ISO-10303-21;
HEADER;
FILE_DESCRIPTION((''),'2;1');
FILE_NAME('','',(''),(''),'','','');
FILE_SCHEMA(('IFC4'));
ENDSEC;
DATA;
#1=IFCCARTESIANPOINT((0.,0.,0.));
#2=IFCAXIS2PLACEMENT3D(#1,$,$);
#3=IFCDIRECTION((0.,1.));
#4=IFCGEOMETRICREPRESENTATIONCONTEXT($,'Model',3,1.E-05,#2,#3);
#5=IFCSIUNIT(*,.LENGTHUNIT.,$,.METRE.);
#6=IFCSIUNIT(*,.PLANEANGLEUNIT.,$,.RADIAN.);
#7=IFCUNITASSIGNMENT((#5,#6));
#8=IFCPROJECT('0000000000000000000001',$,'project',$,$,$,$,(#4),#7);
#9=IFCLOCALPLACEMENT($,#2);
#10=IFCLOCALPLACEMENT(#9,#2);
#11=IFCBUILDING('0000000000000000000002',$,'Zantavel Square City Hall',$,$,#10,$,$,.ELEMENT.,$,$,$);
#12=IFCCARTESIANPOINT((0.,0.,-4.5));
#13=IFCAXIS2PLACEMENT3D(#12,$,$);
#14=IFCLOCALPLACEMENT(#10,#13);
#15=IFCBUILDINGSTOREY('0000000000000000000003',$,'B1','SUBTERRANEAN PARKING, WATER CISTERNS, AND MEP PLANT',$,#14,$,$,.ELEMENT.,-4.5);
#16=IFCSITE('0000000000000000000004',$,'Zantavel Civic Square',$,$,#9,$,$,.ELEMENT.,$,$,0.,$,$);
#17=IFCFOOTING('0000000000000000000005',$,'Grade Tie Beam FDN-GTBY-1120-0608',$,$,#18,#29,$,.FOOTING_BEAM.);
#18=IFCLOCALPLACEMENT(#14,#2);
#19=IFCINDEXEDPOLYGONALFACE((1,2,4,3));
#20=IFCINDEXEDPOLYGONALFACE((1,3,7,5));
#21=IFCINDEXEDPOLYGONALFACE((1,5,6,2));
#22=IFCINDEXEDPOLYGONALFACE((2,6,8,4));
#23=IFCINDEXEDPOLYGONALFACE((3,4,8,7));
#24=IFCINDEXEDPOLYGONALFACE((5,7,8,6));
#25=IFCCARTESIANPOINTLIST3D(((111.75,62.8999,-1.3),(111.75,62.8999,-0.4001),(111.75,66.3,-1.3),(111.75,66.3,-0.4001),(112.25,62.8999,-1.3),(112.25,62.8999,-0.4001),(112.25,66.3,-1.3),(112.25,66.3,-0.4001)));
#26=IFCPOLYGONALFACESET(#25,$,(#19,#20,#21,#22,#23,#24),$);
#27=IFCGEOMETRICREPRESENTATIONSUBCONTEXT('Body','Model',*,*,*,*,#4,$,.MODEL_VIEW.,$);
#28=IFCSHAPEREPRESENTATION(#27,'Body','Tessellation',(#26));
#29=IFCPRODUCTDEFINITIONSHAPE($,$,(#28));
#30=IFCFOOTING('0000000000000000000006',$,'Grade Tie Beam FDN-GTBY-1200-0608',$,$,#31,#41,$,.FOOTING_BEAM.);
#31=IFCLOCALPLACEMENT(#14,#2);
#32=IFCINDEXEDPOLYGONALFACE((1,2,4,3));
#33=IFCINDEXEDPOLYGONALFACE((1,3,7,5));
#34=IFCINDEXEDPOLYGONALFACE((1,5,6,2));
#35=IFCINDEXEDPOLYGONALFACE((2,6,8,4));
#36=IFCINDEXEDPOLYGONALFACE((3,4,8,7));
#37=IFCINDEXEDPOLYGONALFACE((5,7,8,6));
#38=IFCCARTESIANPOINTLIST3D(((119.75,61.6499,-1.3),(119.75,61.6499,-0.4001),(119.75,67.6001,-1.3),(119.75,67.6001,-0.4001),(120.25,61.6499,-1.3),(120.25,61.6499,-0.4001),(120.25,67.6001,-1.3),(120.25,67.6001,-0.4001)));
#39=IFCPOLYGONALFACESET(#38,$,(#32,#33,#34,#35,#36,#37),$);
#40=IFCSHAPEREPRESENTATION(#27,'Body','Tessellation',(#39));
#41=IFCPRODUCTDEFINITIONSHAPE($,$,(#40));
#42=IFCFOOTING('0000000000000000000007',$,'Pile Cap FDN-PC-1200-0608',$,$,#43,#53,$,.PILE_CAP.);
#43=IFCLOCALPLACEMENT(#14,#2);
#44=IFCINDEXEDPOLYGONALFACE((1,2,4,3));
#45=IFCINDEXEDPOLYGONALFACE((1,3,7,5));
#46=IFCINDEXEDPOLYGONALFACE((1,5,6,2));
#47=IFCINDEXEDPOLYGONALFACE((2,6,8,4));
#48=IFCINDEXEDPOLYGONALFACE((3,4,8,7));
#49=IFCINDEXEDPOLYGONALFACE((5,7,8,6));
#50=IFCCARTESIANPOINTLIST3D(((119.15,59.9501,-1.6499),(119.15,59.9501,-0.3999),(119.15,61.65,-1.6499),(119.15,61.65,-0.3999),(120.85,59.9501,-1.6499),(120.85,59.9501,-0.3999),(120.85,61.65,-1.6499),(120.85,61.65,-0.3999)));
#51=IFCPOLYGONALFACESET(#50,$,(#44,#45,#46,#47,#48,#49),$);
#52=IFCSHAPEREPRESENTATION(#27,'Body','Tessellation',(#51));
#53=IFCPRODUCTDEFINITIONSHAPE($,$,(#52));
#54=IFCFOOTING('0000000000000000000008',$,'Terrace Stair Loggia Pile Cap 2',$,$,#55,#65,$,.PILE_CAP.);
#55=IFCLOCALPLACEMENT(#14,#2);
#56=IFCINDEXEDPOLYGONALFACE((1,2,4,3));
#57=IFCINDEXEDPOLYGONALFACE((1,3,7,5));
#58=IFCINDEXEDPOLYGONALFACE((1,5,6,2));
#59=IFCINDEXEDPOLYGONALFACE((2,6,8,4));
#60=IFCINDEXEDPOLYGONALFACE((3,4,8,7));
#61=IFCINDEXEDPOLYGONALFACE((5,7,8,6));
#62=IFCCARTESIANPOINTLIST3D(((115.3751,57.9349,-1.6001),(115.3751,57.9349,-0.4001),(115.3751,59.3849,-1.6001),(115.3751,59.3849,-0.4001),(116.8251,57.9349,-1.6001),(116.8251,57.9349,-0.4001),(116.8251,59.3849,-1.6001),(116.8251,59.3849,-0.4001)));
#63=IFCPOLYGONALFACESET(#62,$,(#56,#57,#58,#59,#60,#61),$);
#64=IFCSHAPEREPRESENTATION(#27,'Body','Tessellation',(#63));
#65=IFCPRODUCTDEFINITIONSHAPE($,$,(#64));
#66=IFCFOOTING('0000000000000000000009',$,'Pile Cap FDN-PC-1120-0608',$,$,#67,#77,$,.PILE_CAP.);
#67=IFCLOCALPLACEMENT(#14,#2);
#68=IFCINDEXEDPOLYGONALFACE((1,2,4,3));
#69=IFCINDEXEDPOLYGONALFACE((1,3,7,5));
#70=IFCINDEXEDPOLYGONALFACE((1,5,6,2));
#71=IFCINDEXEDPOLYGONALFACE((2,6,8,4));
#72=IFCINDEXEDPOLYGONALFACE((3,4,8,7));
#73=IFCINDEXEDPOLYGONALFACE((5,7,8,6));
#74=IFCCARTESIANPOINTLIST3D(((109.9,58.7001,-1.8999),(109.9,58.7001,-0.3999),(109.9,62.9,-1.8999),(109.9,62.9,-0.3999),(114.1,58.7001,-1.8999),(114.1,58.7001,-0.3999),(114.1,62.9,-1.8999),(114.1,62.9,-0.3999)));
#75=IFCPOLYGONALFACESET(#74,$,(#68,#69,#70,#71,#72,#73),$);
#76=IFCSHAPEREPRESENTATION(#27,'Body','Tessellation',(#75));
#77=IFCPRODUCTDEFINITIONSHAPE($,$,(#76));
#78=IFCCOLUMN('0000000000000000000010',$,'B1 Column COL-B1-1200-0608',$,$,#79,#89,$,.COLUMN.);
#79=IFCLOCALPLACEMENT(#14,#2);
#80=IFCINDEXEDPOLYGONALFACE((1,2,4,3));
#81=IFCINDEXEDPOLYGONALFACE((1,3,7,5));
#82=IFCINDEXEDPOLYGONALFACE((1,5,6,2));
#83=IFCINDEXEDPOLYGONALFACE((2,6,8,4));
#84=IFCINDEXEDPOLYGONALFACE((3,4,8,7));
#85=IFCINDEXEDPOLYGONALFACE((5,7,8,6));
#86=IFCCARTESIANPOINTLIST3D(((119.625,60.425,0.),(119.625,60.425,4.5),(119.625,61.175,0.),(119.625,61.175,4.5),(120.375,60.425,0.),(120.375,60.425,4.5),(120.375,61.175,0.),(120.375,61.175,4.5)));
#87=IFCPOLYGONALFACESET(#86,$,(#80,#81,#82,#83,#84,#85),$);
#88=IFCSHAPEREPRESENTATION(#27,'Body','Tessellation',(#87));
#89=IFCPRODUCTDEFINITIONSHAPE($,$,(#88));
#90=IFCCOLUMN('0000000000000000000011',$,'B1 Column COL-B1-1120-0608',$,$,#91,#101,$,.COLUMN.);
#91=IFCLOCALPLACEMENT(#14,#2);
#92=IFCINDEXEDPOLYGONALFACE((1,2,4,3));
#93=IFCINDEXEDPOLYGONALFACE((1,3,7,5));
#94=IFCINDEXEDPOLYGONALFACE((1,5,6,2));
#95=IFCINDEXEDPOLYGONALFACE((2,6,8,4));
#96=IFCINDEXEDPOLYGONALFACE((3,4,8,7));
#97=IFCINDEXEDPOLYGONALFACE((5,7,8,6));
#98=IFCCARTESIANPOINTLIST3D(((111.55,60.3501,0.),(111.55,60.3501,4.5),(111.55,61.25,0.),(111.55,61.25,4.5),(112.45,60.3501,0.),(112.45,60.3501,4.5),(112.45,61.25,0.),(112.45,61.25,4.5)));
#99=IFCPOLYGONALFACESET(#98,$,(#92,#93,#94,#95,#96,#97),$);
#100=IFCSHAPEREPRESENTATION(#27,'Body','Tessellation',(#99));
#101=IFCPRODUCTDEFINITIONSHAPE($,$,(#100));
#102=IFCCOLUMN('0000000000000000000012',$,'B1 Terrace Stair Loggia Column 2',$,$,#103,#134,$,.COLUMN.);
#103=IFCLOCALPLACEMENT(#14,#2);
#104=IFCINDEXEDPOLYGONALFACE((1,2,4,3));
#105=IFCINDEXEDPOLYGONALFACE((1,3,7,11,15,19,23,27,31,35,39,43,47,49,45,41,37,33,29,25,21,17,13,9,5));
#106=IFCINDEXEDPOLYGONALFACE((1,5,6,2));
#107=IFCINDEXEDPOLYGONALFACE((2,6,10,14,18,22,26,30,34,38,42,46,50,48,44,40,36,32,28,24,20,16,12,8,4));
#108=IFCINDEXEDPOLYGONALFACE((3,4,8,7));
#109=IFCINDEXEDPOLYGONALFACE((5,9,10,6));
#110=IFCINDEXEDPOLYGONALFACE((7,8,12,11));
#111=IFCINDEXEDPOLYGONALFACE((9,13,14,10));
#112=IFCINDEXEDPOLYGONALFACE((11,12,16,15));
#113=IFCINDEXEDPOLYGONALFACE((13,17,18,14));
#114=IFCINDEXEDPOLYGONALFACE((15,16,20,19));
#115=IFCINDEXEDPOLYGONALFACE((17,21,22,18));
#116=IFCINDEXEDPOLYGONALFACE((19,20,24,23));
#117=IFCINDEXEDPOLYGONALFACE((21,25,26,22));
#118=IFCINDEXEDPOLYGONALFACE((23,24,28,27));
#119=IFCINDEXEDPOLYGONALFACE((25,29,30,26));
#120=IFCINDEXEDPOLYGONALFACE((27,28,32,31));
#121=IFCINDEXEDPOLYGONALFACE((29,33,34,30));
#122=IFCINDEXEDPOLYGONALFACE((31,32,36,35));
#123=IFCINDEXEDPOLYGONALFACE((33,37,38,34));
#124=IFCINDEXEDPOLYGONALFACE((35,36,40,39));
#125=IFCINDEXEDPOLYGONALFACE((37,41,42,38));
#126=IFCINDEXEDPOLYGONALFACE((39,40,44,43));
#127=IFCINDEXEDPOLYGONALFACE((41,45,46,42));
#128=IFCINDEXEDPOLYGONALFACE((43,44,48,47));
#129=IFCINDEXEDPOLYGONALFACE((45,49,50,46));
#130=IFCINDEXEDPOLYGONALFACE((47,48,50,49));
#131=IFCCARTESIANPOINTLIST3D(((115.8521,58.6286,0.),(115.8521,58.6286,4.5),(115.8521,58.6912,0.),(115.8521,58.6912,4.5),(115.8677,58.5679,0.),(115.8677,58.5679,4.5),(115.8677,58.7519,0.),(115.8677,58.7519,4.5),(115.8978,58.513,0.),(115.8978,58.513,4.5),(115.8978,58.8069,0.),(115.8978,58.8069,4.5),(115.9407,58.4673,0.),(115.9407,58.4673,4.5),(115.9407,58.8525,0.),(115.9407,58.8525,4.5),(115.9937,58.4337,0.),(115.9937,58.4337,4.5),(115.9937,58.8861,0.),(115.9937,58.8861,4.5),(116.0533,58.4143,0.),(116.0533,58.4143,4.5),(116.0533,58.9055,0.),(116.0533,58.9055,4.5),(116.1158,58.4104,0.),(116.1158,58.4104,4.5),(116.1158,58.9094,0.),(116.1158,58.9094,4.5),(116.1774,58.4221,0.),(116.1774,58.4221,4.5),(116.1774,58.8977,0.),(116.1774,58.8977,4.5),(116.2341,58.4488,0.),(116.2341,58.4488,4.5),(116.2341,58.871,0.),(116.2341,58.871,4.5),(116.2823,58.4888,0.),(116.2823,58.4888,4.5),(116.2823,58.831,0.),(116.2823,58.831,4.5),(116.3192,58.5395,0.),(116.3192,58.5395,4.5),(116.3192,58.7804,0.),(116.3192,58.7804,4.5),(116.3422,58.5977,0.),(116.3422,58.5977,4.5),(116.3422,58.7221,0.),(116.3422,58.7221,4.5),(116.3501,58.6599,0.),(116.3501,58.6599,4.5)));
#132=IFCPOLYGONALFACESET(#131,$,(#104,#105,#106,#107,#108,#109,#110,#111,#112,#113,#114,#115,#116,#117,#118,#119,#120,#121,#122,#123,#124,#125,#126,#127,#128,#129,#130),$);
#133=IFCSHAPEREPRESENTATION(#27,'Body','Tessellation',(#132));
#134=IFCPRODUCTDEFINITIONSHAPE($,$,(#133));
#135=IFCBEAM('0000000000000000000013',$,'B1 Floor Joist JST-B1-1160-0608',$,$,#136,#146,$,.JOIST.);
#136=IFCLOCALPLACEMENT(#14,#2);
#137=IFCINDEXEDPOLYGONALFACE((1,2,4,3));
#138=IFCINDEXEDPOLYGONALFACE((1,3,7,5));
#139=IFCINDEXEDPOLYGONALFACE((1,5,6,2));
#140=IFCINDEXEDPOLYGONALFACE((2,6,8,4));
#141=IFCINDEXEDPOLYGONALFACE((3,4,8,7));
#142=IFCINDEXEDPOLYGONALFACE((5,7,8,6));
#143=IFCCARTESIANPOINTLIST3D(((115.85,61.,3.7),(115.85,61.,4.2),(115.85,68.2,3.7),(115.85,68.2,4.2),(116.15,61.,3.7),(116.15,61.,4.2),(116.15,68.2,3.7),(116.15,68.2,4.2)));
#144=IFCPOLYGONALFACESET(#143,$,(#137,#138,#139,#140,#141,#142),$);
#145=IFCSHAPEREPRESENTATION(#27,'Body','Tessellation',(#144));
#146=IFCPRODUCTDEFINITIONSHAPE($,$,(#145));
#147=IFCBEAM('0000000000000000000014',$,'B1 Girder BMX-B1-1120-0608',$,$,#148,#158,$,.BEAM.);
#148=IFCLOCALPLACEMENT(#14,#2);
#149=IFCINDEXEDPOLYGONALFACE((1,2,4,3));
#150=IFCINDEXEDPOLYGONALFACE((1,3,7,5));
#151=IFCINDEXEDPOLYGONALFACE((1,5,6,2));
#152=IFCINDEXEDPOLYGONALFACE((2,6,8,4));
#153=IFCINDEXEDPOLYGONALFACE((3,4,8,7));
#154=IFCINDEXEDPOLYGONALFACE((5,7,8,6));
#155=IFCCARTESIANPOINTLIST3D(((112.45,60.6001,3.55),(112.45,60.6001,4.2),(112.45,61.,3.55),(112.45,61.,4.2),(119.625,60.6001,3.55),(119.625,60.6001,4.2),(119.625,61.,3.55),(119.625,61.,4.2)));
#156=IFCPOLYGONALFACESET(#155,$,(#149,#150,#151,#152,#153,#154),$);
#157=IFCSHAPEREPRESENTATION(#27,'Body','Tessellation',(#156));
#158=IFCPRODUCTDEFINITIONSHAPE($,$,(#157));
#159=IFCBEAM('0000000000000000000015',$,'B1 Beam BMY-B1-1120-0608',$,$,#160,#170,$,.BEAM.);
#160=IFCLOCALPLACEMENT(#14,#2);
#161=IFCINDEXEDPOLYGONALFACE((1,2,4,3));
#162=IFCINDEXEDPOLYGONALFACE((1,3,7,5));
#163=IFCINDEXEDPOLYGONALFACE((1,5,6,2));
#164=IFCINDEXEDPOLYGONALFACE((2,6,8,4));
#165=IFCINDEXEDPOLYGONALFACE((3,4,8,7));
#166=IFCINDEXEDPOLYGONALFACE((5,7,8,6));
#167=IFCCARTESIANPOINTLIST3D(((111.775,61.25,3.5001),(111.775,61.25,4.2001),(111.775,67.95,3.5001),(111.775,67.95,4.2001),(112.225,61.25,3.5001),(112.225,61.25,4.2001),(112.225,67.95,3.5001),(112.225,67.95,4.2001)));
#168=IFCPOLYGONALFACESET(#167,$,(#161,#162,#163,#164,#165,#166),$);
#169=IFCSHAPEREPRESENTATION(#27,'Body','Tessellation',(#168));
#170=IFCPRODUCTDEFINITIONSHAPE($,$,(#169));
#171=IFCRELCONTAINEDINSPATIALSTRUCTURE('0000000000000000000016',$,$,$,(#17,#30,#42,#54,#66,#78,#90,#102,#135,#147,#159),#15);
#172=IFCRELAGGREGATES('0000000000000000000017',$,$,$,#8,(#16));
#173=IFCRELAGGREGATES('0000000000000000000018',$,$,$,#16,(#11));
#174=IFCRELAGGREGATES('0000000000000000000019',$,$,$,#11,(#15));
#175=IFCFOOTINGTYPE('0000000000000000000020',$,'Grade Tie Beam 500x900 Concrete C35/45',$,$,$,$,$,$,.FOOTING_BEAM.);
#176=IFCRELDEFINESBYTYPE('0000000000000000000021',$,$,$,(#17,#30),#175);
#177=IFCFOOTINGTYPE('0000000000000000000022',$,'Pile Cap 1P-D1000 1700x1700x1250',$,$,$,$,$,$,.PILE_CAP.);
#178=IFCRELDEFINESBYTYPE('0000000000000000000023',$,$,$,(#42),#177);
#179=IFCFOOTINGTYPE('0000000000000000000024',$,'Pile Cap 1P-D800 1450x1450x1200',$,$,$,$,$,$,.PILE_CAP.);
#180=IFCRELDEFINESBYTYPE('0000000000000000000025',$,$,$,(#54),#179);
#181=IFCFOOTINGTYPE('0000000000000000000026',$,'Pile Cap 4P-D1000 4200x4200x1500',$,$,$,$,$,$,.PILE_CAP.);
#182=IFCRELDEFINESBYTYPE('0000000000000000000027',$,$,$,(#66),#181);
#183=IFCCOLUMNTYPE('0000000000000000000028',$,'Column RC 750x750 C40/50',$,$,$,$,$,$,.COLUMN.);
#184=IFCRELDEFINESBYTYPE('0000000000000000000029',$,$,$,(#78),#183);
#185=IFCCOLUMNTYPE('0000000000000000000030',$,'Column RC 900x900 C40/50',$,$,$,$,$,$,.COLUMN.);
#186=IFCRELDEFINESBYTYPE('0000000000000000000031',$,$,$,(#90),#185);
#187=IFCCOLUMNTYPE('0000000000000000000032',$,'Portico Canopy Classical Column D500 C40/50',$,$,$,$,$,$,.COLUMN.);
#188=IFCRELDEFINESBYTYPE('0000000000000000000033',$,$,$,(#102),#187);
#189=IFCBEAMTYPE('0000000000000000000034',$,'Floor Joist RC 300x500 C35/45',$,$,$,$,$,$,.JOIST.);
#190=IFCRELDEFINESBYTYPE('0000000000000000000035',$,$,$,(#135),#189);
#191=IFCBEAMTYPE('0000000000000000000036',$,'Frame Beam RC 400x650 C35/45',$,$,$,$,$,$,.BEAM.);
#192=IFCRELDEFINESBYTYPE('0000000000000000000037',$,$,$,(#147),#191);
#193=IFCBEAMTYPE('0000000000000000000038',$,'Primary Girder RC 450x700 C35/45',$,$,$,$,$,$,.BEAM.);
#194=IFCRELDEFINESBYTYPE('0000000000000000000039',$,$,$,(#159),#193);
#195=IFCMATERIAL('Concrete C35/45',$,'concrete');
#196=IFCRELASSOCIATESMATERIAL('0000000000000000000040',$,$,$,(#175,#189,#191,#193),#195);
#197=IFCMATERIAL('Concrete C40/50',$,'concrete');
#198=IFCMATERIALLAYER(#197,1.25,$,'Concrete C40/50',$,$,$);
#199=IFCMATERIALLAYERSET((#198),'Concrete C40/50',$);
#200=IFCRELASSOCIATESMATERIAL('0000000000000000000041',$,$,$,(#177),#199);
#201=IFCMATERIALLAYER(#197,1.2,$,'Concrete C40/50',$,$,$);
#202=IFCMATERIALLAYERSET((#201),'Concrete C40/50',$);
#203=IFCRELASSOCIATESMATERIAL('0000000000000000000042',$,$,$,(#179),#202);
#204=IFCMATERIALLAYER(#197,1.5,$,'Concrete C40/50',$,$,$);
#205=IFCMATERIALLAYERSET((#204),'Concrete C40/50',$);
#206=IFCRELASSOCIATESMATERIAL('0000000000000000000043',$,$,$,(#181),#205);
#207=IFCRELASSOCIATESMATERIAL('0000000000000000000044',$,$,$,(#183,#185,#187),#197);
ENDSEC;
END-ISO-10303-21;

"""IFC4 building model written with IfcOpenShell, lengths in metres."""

from ifc_helpers import new_model, si_unit, direction, frame, origin, origin_2d, place, context, subcontext, project, spatial, rectangle, circle, extrude, material, layer, layer_set, material_profile, profile_set, type_object, element, save


model = new_model("IFC4")

# Units and contexts
model_context = context("Model", 3, precision=1e-05, world=origin(), true_north=direction((0.0, 1.0)))
body_context = subcontext(model_context, "Body", "Model", "MODEL_VIEW")
ifc_project = project(units=[si_unit("LENGTHUNIT", "METRE"), si_unit("PLANEANGLEUNIT", "RADIAN")], contexts=[model_context])

# Site, building, storey
site_placement = place(None, origin())
site = spatial("IfcSite", under=ifc_project, at=site_placement, Name="Zantavel Civic Square", CompositionType="ELEMENT", RefElevation=0.0)
building_placement = place(site_placement, origin())
building = spatial("IfcBuilding", under=site, at=building_placement, Name="Zantavel Square City Hall", CompositionType="ELEMENT")
storey_placement = place(building_placement, frame((0.0, 0.0, -4.5)))
storey = spatial("IfcBuildingStorey", under=building, at=storey_placement, Name="B1", Description="SUBTERRANEAN PARKING, WATER CISTERNS, AND MEP PLANT", CompositionType="ELEMENT", Elevation=-4.5)

# Shared definitions
ifc_material_1 = material(Name="Concrete C35/45", Category="concrete")

# Footings
ifc_material_profile_1 = material_profile(ifc_material_1, rectangle(XDim=0.5, YDim=0.8999, at=origin_2d()), Name="RC 500x900")
ifc_profile_set_1 = profile_set([ifc_material_profile_1], Name="Concrete C35/45")
footing_type_1 = type_object("IfcFootingType", Name="Grade Tie Beam 500x900 Concrete C35/45", PredefinedType="FOOTING_BEAM", material=ifc_profile_set_1)
footing_1_placement = place(storey_placement, frame((112.0, 62.8999, -0.8501), z_axis=(0.0, 1.0, 0.0), x_axis=(-1.0, 0.0, 0.0)))
element("IfcFooting", 1, at=footing_1_placement, inside=storey, type_object=footing_type_1, Name="Grade Tie Beam FDN-GTBY-1120-0608", PredefinedType="FOOTING_BEAM", context=body_context, shape_type="SweptSolid", body=[
    extrude(rectangle(XDim=0.5, YDim=0.8999, at=origin_2d()), origin(), (0.0, 0.0, 1.0), 3.4001),
])
footing_2_placement = place(storey_placement, frame((120.0, 61.6499, -0.8501), z_axis=(0.0, 1.0, 0.0), x_axis=(-1.0, 0.0, 0.0)))
element("IfcFooting", 2, at=footing_2_placement, inside=storey, type_object=footing_type_1, Name="Grade Tie Beam FDN-GTBY-1200-0608", PredefinedType="FOOTING_BEAM", context=body_context, shape_type="SweptSolid", body=[
    extrude(rectangle(XDim=0.5, YDim=0.8999, at=origin_2d()), origin(), (0.0, 0.0, 1.0), 5.9502),
])
ifc_material_2 = material(Name="Concrete C40/50", Category="concrete")
ifc_layer_1 = layer(ifc_material_2, 1.25, Name="Concrete C40/50")
ifc_layer_set_1 = layer_set([ifc_layer_1], Name="Concrete C40/50")
footing_type_2 = type_object("IfcFootingType", Name="Pile Cap 1P-D1000 1700x1700x1250", PredefinedType="PILE_CAP", material=ifc_layer_set_1)
footing_3_placement = place(storey_placement, frame((120.0, 60.8, -1.6499), z_axis=(0.0, 0.0, 1.0), x_axis=(1.0, 0.0, 0.0)))
element("IfcFooting", 3, at=footing_3_placement, inside=storey, type_object=footing_type_2, Name="Pile Cap FDN-PC-1200-0608", PredefinedType="PILE_CAP", context=body_context, shape_type="SweptSolid", body=[
    extrude(rectangle(XDim=1.7, YDim=1.7, at=origin_2d()), origin(), (0.0, 0.0, 1.0), 1.25),
])
ifc_layer_2 = layer(ifc_material_2, 1.2, Name="Concrete C40/50")
ifc_layer_set_2 = layer_set([ifc_layer_2], Name="Concrete C40/50")
footing_type_3 = type_object("IfcFootingType", Name="Pile Cap 1P-D800 1450x1450x1200", PredefinedType="PILE_CAP", material=ifc_layer_set_2)
footing_4_placement = place(storey_placement, frame((116.1001, 58.6599, -1.6001), z_axis=(0.0, 0.0, 1.0), x_axis=(1.0, 0.0, 0.0)))
element("IfcFooting", 4, at=footing_4_placement, inside=storey, type_object=footing_type_3, Name="Terrace Stair Loggia Pile Cap 2", PredefinedType="PILE_CAP", context=body_context, shape_type="SweptSolid", body=[
    extrude(rectangle(XDim=1.45, YDim=1.45, at=origin_2d()), origin(), (0.0, 0.0, 1.0), 1.2),
])
ifc_layer_3 = layer(ifc_material_2, 1.5, Name="Concrete C40/50")
ifc_layer_set_3 = layer_set([ifc_layer_3], Name="Concrete C40/50")
footing_type_4 = type_object("IfcFootingType", Name="Pile Cap 4P-D1000 4200x4200x1500", PredefinedType="PILE_CAP", material=ifc_layer_set_3)
footing_5_placement = place(storey_placement, frame((112.0, 60.8, -1.8999), z_axis=(0.0, 0.0, 1.0), x_axis=(1.0, 0.0, 0.0)))
element("IfcFooting", 5, at=footing_5_placement, inside=storey, type_object=footing_type_4, Name="Pile Cap FDN-PC-1120-0608", PredefinedType="PILE_CAP", context=body_context, shape_type="SweptSolid", body=[
    extrude(rectangle(XDim=4.2, YDim=4.2, at=origin_2d()), origin(), (0.0, 0.0, 1.0), 1.5),
])

# Columns
ifc_material_profile_2 = material_profile(ifc_material_2, rectangle(XDim=0.75, YDim=0.75, at=origin_2d()), Name="RC 750x750")
ifc_profile_set_2 = profile_set([ifc_material_profile_2], Name="Concrete C40/50")
column_type_1 = type_object("IfcColumnType", Name="Column RC 750x750 C40/50", PredefinedType="COLUMN", material=ifc_profile_set_2)
column_1_placement = place(storey_placement, frame((120.0, 60.8, 0.0), z_axis=(0.0, 0.0, 1.0), x_axis=(1.0, 0.0, 0.0)))
element("IfcColumn", 6, at=column_1_placement, inside=storey, type_object=column_type_1, Name="B1 Column COL-B1-1200-0608", PredefinedType="COLUMN", context=body_context, shape_type="SweptSolid", body=[
    extrude(rectangle(XDim=0.75, YDim=0.75, at=origin_2d()), origin(), (0.0, 0.0, 1.0), 4.5),
])
ifc_material_profile_3 = material_profile(ifc_material_2, rectangle(XDim=0.8999, YDim=0.8999, at=origin_2d()), Name="RC 900x900")
ifc_profile_set_3 = profile_set([ifc_material_profile_3], Name="Concrete C40/50")
column_type_2 = type_object("IfcColumnType", Name="Column RC 900x900 C40/50", PredefinedType="COLUMN", material=ifc_profile_set_3)
column_2_placement = place(storey_placement, frame((112.0, 60.8, 0.0), z_axis=(0.0, 0.0, 1.0), x_axis=(1.0, 0.0, 0.0)))
element("IfcColumn", 7, at=column_2_placement, inside=storey, type_object=column_type_2, Name="B1 Column COL-B1-1120-0608", PredefinedType="COLUMN", context=body_context, shape_type="SweptSolid", body=[
    extrude(rectangle(XDim=0.8999, YDim=0.8999, at=origin_2d()), origin(), (0.0, 0.0, 1.0), 4.5),
])
ifc_material_profile_4 = material_profile(ifc_material_2, circle(Radius=0.25, at=origin_2d()), Name="ROUND D500")
ifc_profile_set_4 = profile_set([ifc_material_profile_4], Name="Concrete C40/50")
column_type_3 = type_object("IfcColumnType", Name="Portico Canopy Classical Column D500 C40/50", PredefinedType="COLUMN", material=ifc_profile_set_4)
column_3_placement = place(storey_placement, frame((116.1001, 58.6599, 0.0), z_axis=(0.0, 0.0, 1.0), x_axis=(1.0, 0.0, 0.0)))
element("IfcColumn", 8, at=column_3_placement, inside=storey, type_object=column_type_3, Name="B1 Terrace Stair Loggia Column 2", PredefinedType="COLUMN", context=body_context, shape_type="SweptSolid", body=[
    extrude(circle(Radius=0.25, at=origin_2d()), origin(), (0.0, 0.0, 1.0), 4.5),
])

# Beams
ifc_material_profile_5 = material_profile(ifc_material_1, rectangle(XDim=0.3, YDim=0.5, at=origin_2d()), Name="RC 300x500")
ifc_profile_set_5 = profile_set([ifc_material_profile_5], Name="Concrete C35/45")
beam_type_1 = type_object("IfcBeamType", Name="Floor Joist RC 300x500 C35/45", PredefinedType="JOIST", material=ifc_profile_set_5)
beam_1_placement = place(storey_placement, frame((116.0, 61.0, 3.95), z_axis=(0.0, 1.0, 0.0), x_axis=(-1.0, 0.0, 0.0)))
element("IfcBeam", 9, at=beam_1_placement, inside=storey, type_object=beam_type_1, Name="B1 Floor Joist JST-B1-1160-0608", PredefinedType="JOIST", context=body_context, shape_type="SweptSolid", body=[
    extrude(rectangle(XDim=0.3, YDim=0.5, at=origin_2d()), origin(), (0.0, 0.0, 1.0), 7.2),
])
ifc_material_profile_6 = material_profile(ifc_material_1, rectangle(XDim=0.3999, YDim=0.6499, at=origin_2d()), Name="RC 400x650")
ifc_profile_set_6 = profile_set([ifc_material_profile_6], Name="Concrete C35/45")
beam_type_2 = type_object("IfcBeamType", Name="Frame Beam RC 400x650 C35/45", PredefinedType="BEAM", material=ifc_profile_set_6)
beam_2_placement = place(storey_placement, frame((112.45, 60.8, 3.875), z_axis=(1.0, 0.0, 0.0), x_axis=(0.0, 1.0, 0.0)))
element("IfcBeam", 10, at=beam_2_placement, inside=storey, type_object=beam_type_2, Name="B1 Girder BMX-B1-1120-0608", PredefinedType="BEAM", context=body_context, shape_type="SweptSolid", body=[
    extrude(rectangle(XDim=0.3999, YDim=0.6499, at=origin_2d()), origin(), (0.0, 0.0, 1.0), 7.175),
])
ifc_material_profile_7 = material_profile(ifc_material_1, rectangle(XDim=0.45, YDim=0.7, at=origin_2d()), Name="RC 450x700")
ifc_profile_set_7 = profile_set([ifc_material_profile_7], Name="Concrete C35/45")
beam_type_3 = type_object("IfcBeamType", Name="Primary Girder RC 450x700 C35/45", PredefinedType="BEAM", material=ifc_profile_set_7)
beam_3_placement = place(storey_placement, frame((112.0, 61.25, 3.8501), z_axis=(0.0, 1.0, 0.0), x_axis=(-1.0, 0.0, 0.0)))
element("IfcBeam", 11, at=beam_3_placement, inside=storey, type_object=beam_type_3, Name="B1 Beam BMY-B1-1120-0608", PredefinedType="BEAM", context=body_context, shape_type="SweptSolid", body=[
    extrude(rectangle(XDim=0.45, YDim=0.7, at=origin_2d()), origin(), (0.0, 0.0, 1.0), 6.7),
])

save(model, "model.ifc")
